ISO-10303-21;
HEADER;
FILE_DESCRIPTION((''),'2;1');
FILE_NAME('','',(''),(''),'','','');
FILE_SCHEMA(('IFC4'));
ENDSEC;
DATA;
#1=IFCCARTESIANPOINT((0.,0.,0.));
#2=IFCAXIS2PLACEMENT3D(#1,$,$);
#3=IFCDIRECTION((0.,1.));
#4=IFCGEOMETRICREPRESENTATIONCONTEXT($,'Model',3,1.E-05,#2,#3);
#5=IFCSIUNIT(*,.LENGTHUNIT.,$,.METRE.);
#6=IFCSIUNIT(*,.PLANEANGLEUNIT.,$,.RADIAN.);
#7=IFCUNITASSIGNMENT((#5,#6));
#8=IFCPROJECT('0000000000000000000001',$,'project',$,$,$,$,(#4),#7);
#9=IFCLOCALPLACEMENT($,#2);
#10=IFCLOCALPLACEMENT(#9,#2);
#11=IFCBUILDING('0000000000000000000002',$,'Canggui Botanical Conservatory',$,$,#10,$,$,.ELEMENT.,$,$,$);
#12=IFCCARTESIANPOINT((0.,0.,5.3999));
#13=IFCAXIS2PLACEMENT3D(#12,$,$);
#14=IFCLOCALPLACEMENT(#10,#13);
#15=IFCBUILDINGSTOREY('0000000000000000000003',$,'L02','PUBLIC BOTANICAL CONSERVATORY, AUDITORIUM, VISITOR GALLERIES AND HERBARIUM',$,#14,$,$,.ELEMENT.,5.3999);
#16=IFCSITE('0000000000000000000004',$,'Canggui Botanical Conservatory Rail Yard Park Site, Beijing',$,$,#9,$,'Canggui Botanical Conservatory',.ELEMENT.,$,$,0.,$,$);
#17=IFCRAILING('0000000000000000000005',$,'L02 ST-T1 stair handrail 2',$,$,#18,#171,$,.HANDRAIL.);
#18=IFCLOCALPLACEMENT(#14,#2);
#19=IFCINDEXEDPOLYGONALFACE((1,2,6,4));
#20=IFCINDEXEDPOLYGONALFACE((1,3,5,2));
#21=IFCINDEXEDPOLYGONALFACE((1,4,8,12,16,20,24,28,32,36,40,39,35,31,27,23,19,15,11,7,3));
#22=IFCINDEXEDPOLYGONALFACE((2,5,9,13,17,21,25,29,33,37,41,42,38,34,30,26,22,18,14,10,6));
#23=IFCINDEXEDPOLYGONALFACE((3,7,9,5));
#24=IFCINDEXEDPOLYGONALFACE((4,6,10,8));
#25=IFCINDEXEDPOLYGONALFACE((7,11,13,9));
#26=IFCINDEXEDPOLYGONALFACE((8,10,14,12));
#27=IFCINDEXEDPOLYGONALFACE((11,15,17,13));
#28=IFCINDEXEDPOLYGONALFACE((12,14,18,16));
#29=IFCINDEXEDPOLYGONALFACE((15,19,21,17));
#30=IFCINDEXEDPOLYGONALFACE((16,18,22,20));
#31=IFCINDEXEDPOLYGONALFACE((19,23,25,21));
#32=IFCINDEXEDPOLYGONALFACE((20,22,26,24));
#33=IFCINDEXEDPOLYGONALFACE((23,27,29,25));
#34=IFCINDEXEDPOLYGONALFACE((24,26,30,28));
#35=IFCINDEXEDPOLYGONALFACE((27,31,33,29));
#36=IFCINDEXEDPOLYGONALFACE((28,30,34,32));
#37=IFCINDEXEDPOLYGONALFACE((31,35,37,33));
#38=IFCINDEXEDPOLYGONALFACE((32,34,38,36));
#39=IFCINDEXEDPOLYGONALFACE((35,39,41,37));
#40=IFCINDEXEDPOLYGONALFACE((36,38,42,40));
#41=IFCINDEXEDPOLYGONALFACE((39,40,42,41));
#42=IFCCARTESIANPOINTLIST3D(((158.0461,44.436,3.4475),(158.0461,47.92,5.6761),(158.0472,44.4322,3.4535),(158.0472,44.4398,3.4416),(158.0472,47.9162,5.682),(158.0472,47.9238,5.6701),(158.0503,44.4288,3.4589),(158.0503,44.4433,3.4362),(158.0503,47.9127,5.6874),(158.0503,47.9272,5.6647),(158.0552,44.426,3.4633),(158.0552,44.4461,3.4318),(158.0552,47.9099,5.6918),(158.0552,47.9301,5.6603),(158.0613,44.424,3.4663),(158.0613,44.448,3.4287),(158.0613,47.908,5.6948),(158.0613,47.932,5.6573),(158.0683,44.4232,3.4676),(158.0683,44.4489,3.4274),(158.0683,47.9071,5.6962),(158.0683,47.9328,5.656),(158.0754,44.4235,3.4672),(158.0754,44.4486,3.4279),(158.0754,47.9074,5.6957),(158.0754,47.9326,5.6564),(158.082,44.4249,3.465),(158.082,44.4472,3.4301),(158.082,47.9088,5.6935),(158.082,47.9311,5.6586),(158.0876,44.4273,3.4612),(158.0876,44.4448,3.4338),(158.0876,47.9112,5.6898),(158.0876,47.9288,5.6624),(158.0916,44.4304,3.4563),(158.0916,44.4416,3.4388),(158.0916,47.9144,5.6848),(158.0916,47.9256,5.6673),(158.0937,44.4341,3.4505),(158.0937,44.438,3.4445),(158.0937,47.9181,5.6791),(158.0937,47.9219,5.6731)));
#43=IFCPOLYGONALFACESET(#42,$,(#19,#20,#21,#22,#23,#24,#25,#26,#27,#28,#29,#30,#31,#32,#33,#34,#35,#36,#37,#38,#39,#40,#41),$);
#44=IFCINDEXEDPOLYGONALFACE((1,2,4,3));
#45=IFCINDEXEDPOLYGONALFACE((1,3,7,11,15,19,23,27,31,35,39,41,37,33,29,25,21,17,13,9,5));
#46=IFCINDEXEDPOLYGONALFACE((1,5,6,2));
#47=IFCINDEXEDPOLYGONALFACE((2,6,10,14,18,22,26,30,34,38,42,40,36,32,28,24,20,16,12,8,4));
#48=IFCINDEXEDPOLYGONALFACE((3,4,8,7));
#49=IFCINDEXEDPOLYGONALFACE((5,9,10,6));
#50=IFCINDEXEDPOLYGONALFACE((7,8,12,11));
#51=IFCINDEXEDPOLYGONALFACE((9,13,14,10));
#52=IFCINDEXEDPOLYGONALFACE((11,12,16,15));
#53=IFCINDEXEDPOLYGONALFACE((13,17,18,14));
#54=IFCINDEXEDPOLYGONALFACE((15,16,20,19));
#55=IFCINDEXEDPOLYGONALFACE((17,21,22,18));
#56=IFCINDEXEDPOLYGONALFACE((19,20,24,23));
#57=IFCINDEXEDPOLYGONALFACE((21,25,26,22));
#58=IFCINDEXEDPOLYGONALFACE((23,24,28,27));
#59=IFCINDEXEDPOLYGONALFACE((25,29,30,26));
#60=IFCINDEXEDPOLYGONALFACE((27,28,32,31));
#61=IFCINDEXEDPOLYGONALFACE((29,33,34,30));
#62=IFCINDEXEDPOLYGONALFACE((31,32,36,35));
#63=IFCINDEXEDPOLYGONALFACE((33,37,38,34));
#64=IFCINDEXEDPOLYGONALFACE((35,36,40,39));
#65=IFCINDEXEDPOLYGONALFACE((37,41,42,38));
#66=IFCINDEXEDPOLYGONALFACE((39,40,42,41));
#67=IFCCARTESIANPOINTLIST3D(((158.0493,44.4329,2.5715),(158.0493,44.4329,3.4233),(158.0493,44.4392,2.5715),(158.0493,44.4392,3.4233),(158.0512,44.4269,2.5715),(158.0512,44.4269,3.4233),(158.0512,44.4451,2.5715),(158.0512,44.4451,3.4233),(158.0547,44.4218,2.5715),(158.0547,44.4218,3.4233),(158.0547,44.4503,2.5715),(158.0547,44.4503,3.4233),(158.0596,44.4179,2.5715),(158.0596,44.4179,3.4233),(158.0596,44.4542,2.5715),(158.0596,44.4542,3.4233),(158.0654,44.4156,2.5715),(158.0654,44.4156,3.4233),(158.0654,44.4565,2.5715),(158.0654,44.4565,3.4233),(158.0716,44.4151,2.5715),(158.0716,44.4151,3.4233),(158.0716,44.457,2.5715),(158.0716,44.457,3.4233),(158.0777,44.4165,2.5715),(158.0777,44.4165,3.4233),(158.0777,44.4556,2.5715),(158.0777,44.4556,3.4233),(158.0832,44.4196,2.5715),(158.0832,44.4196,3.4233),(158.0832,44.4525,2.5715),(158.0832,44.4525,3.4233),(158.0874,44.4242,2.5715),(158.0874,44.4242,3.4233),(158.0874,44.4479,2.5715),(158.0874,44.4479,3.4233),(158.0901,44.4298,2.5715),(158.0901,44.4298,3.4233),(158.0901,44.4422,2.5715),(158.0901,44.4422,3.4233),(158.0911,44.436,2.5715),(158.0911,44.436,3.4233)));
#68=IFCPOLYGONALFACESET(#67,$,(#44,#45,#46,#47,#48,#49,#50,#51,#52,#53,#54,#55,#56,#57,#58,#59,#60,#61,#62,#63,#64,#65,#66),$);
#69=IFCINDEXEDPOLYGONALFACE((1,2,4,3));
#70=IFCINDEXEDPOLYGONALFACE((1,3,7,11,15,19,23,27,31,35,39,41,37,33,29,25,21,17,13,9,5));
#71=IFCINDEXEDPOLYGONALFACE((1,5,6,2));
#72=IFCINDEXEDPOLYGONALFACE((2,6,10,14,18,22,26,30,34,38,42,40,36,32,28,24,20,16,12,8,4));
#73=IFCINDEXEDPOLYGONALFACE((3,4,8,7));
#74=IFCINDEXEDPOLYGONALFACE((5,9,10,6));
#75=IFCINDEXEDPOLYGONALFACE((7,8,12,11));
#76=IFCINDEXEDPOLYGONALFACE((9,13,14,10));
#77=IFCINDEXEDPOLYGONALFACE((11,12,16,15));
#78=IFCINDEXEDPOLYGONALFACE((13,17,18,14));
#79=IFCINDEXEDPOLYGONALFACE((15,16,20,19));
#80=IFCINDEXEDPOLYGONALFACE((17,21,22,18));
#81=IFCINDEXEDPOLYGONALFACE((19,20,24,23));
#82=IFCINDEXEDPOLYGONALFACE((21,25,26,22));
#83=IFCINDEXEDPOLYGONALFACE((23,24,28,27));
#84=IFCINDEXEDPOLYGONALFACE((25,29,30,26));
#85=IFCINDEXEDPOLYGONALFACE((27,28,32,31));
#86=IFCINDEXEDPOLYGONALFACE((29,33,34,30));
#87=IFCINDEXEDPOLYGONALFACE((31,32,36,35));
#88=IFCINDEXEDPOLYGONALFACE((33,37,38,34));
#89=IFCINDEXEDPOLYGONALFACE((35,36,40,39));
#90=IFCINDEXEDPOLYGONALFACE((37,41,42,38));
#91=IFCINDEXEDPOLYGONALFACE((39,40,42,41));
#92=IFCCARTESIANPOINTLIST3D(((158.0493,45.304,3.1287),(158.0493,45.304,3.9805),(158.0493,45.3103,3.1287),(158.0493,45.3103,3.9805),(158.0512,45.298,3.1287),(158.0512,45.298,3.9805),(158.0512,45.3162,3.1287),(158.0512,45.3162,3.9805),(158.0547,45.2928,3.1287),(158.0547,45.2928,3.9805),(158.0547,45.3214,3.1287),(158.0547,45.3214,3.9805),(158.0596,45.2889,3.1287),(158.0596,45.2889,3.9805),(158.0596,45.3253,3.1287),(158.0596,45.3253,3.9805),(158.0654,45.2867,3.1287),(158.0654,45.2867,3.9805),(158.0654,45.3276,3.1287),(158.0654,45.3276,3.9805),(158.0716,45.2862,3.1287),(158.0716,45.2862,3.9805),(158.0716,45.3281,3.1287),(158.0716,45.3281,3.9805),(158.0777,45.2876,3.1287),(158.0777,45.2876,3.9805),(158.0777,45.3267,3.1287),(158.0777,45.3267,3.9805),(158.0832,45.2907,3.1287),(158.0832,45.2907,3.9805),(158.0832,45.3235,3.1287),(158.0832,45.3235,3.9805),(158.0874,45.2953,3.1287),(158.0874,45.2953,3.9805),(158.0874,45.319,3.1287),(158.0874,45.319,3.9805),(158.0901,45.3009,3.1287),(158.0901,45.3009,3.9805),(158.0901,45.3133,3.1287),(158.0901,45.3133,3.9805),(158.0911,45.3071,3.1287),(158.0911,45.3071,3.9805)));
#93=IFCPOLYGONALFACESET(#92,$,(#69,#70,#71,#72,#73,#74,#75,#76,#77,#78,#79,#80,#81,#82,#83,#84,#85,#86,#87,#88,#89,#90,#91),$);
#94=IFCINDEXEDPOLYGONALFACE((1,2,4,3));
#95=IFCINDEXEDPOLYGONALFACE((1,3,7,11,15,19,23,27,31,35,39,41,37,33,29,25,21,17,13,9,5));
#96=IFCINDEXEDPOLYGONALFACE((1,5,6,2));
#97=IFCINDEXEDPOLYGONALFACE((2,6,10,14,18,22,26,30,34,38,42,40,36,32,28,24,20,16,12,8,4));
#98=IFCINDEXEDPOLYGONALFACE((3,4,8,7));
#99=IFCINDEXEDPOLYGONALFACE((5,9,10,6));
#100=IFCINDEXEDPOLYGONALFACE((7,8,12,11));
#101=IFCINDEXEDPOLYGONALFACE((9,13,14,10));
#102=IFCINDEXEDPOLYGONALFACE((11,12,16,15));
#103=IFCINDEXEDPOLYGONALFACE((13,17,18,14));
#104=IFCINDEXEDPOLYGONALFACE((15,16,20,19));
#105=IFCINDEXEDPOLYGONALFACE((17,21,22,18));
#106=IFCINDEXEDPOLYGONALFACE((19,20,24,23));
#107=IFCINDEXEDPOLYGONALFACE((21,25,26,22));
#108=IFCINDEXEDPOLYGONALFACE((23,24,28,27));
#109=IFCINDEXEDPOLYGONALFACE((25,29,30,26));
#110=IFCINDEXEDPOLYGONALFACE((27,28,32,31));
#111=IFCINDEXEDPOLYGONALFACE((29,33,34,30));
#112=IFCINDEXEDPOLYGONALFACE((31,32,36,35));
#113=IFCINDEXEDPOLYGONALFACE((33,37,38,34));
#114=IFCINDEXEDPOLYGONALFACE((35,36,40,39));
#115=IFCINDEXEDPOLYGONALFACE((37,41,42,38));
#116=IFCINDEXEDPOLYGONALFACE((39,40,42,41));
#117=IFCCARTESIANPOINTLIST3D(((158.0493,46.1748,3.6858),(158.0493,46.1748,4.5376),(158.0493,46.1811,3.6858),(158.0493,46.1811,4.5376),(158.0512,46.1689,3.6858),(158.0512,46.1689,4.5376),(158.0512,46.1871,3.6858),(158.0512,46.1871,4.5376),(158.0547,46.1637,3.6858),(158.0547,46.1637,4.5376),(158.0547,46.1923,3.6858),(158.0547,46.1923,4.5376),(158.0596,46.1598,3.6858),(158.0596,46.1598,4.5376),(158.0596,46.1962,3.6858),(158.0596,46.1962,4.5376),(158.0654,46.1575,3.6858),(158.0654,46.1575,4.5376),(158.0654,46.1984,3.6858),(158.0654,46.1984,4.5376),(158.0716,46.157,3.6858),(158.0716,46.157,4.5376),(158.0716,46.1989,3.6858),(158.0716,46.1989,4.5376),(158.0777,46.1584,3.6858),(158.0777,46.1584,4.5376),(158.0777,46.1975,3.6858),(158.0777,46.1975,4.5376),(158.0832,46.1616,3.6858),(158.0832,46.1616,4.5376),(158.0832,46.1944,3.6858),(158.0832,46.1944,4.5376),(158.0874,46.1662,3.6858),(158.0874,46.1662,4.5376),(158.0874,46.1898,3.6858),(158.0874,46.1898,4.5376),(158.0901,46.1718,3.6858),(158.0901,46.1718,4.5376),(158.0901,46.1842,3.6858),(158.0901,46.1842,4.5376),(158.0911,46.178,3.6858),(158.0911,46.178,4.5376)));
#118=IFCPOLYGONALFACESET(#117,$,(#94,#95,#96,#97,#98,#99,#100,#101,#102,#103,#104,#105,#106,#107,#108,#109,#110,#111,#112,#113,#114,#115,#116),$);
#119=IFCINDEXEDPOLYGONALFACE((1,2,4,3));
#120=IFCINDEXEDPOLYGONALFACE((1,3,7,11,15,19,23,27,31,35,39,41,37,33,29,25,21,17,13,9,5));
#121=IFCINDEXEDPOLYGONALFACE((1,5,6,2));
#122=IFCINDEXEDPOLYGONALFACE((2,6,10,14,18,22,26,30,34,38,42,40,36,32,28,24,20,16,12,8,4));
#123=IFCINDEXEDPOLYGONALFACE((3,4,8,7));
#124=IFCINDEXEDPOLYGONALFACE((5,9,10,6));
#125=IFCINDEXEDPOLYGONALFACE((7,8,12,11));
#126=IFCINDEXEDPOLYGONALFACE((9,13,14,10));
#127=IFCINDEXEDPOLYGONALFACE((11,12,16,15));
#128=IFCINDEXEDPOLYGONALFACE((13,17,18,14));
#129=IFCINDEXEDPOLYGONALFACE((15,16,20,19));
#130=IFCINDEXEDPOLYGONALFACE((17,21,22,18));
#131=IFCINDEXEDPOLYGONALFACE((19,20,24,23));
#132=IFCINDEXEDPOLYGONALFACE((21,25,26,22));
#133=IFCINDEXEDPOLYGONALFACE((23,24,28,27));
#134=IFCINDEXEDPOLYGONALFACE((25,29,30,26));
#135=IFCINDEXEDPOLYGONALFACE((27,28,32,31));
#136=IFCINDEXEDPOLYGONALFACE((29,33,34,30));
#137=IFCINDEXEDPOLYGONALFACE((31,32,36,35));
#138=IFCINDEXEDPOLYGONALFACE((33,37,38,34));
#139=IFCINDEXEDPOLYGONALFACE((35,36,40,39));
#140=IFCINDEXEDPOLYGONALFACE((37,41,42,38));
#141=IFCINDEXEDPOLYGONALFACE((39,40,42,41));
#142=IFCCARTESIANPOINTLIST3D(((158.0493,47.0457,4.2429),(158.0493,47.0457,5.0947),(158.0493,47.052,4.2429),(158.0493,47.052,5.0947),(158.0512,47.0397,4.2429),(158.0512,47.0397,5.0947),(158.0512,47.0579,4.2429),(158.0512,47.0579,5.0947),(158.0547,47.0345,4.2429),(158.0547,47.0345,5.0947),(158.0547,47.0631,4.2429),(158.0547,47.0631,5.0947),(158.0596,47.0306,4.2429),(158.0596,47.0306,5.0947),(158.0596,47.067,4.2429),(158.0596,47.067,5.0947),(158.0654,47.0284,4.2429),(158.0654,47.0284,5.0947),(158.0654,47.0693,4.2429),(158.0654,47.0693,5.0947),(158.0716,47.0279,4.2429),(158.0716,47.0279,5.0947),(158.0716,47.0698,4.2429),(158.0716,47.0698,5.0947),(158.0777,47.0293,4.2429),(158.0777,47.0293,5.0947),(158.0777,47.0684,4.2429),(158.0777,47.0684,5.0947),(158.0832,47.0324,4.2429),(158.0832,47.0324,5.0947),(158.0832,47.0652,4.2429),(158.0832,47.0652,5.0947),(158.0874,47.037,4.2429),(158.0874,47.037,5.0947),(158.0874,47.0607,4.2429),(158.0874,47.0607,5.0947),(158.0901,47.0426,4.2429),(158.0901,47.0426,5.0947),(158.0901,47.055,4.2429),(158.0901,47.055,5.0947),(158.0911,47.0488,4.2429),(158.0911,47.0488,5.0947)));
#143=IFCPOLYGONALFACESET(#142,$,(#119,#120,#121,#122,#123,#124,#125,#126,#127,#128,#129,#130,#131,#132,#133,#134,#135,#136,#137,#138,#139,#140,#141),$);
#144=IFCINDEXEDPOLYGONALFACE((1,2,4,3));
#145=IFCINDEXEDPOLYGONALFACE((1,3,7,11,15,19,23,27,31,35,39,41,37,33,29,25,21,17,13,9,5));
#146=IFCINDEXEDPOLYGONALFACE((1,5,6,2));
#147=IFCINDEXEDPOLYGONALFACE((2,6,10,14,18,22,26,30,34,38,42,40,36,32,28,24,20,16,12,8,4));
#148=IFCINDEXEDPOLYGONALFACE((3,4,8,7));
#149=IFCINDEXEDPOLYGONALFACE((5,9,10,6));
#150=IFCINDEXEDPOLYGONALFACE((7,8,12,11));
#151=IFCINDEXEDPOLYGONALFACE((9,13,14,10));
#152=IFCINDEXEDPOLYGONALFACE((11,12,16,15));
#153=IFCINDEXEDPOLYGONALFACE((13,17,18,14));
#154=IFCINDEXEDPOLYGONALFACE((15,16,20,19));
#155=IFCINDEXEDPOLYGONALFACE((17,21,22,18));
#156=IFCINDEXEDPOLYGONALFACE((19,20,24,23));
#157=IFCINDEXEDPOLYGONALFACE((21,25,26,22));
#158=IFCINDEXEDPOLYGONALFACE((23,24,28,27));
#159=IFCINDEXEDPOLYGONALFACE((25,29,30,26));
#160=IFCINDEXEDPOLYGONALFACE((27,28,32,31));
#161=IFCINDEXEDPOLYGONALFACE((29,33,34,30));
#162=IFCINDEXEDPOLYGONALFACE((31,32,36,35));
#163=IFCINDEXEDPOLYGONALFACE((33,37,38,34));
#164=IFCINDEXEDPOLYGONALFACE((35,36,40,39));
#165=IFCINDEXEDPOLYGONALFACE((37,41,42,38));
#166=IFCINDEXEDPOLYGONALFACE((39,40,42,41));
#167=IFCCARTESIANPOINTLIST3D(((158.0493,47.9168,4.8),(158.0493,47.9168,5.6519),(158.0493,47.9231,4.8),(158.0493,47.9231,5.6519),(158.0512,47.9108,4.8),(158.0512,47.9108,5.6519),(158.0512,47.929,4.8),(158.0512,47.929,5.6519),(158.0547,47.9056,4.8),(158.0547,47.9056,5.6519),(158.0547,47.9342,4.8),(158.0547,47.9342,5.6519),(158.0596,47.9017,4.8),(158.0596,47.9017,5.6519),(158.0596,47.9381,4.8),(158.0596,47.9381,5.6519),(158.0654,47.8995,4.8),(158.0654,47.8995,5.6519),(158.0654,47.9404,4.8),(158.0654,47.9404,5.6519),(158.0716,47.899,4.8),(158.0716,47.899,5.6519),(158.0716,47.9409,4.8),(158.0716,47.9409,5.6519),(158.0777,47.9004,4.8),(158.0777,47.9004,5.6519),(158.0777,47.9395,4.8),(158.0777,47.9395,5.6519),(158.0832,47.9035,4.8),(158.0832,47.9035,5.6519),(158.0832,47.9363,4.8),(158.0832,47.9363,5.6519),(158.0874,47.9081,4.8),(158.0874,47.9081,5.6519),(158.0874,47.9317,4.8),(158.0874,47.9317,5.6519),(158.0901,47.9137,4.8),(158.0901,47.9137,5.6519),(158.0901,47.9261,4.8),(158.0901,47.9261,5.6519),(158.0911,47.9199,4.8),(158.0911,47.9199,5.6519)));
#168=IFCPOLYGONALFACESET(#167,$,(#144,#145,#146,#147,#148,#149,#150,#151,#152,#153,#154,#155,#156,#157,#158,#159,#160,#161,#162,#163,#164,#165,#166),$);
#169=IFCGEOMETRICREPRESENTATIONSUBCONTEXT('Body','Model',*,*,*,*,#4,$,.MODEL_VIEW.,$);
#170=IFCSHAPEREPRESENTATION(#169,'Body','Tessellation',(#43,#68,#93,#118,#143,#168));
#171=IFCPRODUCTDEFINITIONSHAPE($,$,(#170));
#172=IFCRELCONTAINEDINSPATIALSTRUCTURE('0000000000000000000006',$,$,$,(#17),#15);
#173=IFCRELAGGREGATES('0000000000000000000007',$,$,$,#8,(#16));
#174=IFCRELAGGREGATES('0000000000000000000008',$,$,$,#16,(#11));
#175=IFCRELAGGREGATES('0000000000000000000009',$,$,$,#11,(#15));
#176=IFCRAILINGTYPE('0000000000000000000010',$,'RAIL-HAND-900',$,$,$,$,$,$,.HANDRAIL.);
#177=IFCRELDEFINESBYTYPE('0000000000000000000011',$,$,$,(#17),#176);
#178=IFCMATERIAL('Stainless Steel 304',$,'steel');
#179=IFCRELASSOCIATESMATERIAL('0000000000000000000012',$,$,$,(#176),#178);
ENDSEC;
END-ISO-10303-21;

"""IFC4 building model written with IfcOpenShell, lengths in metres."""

from ifc_helpers import new_model, si_unit, direction, frame, origin, origin_2d, place, context, subcontext, project, spatial, circle, extrude, material, type_object, element, save


model = new_model("IFC4")

# Units and contexts
model_context = context("Model", 3, precision=1e-05, world=origin(), true_north=direction((0.0, 1.0)))
body_context = subcontext(model_context, "Body", "Model", "MODEL_VIEW")
ifc_project = project(units=[si_unit("LENGTHUNIT", "METRE"), si_unit("PLANEANGLEUNIT", "RADIAN")], contexts=[model_context])

# Site, building, storey
site_placement = place(None, origin())
site = spatial("IfcSite", under=ifc_project, at=site_placement, Name="Canggui Botanical Conservatory Rail Yard Park Site, Beijing", LongName="Canggui Botanical Conservatory", CompositionType="ELEMENT", RefElevation=0.0)
building_placement = place(site_placement, origin())
building = spatial("IfcBuilding", under=site, at=building_placement, Name="Canggui Botanical Conservatory", CompositionType="ELEMENT")
storey_placement = place(building_placement, frame((0.0, 0.0, 5.3999)))
storey = spatial("IfcBuildingStorey", under=building, at=storey_placement, Name="L02", Description="PUBLIC BOTANICAL CONSERVATORY, AUDITORIUM, VISITOR GALLERIES AND HERBARIUM", CompositionType="ELEMENT", Elevation=5.3999)

# Railing
ifc_material_1 = material(Name="Stainless Steel 304", Category="steel")
railing_type_1 = type_object("IfcRailingType", Name="RAIL-HAND-900", PredefinedType="HANDRAIL", material=ifc_material_1)
railing_1_placement = place(storey_placement, frame((158.0701, 44.436, 2.5715)))
element("IfcRailing", 1, at=railing_1_placement, inside=storey, type_object=railing_type_1, Name="L02 ST-T1 stair handrail 2", PredefinedType="HANDRAIL", context=body_context, shape_type="SweptSolid", body=[
    extrude(circle(Radius=0.0239, at=origin_2d()), frame((0.0, 0.0, 0.876), z_axis=(0.0, 0.8424, 0.538853), x_axis=(-1.0, 0.0, 0.0)), (0.0, 0.0, 1.0), 4.1357),
    extrude(circle(Radius=0.021, at=origin_2d()), origin(), (0.0, 0.0, 1.0), 0.8518),
    extrude(circle(Radius=0.021, at=origin_2d()), frame((0.0, 0.8711, 0.5571)), (0.0, 0.0, 1.0), 0.8518),
    extrude(circle(Radius=0.021, at=origin_2d()), frame((0.0, 1.7419, 1.1143)), (0.0, 0.0, 1.0), 0.8518),
    extrude(circle(Radius=0.021, at=origin_2d()), frame((0.0, 2.6128, 1.6714)), (0.0, 0.0, 1.0), 0.8518),
    extrude(circle(Radius=0.021, at=origin_2d()), frame((0.0, 3.4839, 2.2285)), (0.0, 0.0, 1.0), 0.8518),
])

save(model, "model.ifc")
